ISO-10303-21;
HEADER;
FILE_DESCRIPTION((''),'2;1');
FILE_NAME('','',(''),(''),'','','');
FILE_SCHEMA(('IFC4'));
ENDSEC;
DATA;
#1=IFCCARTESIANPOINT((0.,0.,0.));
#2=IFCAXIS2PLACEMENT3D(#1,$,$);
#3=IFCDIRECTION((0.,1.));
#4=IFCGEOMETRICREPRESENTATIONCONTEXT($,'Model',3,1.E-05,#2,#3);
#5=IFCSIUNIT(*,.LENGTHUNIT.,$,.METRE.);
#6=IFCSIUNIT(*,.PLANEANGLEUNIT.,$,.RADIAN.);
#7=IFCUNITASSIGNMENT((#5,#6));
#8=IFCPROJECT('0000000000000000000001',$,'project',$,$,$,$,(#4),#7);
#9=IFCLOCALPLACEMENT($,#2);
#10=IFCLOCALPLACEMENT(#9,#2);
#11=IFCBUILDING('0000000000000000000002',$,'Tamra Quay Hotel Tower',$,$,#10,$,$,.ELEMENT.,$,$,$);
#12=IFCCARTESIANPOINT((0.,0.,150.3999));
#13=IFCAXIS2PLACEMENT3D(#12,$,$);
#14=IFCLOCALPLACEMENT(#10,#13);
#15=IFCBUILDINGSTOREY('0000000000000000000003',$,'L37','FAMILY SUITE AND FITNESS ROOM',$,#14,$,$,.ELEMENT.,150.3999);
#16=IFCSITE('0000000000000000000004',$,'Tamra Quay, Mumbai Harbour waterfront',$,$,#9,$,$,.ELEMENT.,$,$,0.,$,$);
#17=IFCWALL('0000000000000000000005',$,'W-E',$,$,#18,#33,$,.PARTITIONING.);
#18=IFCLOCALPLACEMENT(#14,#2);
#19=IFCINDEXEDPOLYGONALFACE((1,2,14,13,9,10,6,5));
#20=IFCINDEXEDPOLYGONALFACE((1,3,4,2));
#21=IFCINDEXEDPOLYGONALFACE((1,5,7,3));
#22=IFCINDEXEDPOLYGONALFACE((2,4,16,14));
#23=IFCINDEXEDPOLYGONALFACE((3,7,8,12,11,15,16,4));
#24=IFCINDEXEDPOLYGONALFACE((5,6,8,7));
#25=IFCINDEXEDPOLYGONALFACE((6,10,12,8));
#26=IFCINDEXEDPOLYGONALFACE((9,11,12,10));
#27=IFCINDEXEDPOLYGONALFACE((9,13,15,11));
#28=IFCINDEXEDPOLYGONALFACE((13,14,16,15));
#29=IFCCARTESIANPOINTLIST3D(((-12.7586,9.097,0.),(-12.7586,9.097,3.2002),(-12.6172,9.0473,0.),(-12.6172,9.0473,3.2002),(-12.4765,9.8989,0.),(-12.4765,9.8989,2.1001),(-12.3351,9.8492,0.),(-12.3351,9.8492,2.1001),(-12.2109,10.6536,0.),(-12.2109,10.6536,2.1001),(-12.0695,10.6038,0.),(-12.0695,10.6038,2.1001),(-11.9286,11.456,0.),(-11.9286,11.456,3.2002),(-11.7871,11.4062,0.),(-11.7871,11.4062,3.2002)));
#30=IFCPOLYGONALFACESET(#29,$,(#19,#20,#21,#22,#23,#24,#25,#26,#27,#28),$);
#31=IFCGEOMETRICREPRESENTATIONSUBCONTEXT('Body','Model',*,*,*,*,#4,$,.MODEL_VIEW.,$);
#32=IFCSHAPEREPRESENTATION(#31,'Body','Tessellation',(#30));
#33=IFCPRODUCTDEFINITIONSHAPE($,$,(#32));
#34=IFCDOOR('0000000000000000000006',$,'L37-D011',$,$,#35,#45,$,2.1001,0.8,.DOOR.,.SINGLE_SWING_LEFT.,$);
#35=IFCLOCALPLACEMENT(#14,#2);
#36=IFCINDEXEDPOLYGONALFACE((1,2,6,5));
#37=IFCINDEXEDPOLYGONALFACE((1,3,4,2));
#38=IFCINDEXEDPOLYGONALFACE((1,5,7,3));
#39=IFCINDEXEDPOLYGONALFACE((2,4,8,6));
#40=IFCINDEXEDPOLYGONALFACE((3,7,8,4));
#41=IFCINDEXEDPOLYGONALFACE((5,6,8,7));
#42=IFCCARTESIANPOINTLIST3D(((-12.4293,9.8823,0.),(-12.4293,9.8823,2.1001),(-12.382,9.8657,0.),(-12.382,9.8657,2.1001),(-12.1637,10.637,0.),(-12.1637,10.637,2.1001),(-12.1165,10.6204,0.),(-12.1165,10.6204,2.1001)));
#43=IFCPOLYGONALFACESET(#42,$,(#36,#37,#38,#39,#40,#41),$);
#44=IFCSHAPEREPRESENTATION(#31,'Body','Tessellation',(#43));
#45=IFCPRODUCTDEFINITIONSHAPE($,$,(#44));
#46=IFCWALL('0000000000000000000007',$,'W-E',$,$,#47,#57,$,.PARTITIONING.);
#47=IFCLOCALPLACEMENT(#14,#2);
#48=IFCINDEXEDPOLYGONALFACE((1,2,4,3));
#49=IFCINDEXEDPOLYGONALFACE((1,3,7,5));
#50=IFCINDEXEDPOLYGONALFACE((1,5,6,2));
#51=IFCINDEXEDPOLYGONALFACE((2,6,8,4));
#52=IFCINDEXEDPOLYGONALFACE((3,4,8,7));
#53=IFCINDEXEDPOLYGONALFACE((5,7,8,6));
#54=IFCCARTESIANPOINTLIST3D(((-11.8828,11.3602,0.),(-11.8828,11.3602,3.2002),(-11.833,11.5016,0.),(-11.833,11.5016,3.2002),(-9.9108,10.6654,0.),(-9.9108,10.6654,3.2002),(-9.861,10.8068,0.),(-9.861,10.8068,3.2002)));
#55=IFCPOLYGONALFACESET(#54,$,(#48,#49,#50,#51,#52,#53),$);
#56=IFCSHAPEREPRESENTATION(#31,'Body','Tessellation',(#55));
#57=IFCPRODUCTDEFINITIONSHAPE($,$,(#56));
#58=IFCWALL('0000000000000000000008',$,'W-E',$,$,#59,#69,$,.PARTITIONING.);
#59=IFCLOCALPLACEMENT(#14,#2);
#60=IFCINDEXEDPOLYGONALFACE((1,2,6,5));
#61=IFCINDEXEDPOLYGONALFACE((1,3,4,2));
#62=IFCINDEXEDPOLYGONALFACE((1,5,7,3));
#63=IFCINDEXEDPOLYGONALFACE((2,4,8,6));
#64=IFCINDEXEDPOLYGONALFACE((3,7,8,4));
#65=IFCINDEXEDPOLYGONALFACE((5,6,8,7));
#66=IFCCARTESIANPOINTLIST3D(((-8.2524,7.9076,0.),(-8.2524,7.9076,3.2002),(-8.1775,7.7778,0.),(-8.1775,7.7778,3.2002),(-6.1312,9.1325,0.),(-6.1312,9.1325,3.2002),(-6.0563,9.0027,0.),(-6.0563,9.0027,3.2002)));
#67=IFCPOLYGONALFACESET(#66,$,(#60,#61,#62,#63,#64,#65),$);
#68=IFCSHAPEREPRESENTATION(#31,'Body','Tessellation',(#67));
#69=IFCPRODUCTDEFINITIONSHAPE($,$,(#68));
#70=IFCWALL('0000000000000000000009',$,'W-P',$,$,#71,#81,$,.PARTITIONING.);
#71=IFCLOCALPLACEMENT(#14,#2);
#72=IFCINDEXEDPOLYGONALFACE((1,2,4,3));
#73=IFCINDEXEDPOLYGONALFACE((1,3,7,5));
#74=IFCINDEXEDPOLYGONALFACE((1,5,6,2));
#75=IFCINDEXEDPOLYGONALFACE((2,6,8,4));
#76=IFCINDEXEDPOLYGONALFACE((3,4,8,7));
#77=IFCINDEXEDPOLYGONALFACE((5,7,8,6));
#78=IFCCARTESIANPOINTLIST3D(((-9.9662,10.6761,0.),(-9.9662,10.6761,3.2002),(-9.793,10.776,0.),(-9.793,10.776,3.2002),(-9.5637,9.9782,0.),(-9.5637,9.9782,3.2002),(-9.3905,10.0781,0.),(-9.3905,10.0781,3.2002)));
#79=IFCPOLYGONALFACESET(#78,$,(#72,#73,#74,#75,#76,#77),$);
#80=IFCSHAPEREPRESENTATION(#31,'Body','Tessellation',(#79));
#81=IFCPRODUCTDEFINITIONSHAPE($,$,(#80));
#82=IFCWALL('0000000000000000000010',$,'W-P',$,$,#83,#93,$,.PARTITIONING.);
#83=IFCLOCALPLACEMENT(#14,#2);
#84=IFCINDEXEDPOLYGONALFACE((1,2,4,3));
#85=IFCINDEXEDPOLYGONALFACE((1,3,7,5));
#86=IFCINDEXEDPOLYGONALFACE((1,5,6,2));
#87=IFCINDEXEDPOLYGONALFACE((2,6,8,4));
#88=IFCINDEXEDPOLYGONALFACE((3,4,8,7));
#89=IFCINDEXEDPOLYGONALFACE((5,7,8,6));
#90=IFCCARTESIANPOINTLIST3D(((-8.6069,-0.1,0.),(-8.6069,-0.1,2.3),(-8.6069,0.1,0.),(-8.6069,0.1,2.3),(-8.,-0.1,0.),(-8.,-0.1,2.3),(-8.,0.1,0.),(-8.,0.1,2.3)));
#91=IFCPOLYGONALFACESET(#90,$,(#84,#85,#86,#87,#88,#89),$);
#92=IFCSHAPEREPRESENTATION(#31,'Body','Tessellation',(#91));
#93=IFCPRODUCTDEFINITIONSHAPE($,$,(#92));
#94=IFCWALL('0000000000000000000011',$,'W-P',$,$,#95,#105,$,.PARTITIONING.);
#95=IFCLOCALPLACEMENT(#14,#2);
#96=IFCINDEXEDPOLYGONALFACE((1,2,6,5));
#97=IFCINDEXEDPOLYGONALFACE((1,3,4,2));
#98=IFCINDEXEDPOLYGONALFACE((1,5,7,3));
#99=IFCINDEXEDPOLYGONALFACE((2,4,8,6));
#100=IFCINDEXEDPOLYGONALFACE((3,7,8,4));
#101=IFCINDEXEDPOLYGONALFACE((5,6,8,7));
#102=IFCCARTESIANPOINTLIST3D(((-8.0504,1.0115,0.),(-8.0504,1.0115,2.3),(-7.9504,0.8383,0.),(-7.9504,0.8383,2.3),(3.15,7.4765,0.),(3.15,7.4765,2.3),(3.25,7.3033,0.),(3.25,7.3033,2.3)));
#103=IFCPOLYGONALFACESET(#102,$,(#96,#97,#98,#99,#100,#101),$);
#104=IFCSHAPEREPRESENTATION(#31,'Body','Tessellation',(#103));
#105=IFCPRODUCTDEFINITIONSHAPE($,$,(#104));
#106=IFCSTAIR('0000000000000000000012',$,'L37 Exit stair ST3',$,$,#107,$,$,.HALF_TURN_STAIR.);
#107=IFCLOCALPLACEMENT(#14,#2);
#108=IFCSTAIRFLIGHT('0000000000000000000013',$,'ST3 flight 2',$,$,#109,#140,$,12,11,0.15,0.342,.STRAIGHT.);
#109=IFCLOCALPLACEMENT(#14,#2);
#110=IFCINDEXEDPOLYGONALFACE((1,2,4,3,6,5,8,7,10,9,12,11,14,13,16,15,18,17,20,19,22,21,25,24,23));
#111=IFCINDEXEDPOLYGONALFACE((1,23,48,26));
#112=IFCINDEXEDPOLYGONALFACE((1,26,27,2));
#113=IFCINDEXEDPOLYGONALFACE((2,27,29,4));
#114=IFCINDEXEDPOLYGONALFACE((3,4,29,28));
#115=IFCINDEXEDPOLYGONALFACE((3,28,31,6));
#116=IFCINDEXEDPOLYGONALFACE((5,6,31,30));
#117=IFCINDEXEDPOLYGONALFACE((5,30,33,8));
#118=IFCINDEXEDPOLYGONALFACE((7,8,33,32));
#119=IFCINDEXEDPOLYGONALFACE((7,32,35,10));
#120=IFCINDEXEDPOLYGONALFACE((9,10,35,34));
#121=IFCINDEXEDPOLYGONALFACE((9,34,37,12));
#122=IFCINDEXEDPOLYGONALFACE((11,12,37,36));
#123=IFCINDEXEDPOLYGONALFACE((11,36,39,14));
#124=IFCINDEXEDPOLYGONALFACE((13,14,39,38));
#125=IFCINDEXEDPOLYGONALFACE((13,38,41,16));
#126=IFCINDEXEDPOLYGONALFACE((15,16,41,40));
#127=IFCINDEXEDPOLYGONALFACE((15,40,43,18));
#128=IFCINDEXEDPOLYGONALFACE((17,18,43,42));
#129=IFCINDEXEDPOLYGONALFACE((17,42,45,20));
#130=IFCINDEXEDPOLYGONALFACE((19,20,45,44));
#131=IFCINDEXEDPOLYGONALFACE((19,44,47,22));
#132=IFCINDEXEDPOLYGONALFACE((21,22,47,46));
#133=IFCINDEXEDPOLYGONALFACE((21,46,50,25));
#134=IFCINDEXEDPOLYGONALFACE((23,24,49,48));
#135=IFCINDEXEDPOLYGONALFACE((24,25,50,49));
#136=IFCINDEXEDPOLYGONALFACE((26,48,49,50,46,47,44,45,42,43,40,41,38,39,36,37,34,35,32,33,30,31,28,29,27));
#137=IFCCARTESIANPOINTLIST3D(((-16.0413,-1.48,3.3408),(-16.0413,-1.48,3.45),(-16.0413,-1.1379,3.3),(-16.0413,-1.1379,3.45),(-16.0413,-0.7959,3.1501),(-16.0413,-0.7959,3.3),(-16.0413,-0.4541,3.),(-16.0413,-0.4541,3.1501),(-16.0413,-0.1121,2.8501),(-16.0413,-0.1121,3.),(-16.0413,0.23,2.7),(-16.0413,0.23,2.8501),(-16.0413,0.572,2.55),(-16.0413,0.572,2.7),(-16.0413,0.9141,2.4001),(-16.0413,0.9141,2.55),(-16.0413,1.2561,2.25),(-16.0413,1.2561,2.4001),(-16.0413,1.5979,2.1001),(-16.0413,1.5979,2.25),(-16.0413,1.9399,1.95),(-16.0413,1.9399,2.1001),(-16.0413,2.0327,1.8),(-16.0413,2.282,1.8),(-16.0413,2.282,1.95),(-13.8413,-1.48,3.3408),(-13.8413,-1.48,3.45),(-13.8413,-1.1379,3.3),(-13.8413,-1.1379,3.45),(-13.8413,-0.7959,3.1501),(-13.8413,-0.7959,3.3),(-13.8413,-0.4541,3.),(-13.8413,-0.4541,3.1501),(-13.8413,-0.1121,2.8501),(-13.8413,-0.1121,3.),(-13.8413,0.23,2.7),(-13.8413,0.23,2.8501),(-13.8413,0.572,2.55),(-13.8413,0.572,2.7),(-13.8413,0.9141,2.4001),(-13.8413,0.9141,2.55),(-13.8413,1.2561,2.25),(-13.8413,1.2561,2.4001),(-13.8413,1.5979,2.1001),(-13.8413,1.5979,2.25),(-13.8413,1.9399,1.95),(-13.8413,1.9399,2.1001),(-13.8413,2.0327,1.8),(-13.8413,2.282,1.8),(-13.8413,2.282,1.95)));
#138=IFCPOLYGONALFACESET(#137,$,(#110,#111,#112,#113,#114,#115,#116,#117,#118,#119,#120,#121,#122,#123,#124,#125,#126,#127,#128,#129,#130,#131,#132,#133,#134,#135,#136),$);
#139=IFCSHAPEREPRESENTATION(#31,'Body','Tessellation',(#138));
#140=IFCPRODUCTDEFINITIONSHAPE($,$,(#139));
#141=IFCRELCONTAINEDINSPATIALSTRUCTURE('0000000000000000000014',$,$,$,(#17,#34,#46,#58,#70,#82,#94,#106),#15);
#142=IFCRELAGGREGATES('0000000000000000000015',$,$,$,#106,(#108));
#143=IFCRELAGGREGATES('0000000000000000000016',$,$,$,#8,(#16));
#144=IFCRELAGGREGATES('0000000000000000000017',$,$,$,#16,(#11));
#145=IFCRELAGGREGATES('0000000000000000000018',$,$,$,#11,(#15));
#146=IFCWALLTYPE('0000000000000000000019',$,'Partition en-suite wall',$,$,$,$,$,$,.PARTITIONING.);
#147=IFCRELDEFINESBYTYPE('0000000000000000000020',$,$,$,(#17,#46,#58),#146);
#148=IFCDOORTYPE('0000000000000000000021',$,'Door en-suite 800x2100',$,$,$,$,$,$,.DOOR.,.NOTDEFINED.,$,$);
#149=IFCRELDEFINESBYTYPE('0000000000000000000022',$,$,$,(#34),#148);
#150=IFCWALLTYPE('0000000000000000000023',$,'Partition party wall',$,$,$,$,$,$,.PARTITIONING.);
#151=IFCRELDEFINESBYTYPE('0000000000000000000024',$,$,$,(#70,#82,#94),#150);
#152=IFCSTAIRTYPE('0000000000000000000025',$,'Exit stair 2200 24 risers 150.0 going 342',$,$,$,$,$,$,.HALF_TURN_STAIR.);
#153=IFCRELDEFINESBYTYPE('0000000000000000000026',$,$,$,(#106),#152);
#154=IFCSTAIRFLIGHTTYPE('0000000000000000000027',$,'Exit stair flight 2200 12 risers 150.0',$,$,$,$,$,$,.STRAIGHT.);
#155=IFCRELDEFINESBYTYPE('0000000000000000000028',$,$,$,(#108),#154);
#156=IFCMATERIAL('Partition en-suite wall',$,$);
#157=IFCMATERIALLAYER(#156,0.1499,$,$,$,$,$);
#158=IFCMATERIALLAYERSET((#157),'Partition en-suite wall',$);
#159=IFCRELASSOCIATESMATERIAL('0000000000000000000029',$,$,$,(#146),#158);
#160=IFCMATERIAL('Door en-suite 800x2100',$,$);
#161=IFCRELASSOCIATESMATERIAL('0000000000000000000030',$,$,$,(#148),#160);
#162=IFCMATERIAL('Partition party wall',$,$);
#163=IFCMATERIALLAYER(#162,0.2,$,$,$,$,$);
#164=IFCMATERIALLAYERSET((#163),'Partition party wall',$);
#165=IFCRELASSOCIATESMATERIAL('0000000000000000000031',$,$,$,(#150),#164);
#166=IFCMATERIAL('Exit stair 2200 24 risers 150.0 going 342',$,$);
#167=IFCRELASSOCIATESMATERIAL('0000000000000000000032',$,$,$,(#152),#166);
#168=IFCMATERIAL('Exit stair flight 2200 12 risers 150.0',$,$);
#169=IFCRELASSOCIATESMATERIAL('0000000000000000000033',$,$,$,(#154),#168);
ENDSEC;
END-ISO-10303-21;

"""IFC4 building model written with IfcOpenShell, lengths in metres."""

from ifc_helpers import new_model, si_unit, direction, frame, frame_2d, origin, place, context, subcontext, project, spatial, polyline, rectangle, outline, extrude, material, layer, layer_set, type_object, element, fill, aggregate, save


model = new_model("IFC4")

# Units and contexts
model_context = context("Model", 3, precision=1e-05, world=origin(), true_north=direction((0.0, 1.0)))
body_context = subcontext(model_context, "Body", "Model", "MODEL_VIEW")
ifc_project = project(units=[si_unit("LENGTHUNIT", "METRE"), si_unit("PLANEANGLEUNIT", "RADIAN")], contexts=[model_context])

# Site, building, storey
site_placement = place(None, origin())
site = spatial("IfcSite", under=ifc_project, at=site_placement, Name="Tamra Quay, Mumbai Harbour waterfront", CompositionType="ELEMENT", RefElevation=0.0)
building_placement = place(site_placement, origin())
building = spatial("IfcBuilding", under=site, at=building_placement, Name="Tamra Quay Hotel Tower", CompositionType="ELEMENT")
storey_placement = place(building_placement, frame((0.0, 0.0, 150.3999)))
storey = spatial("IfcBuildingStorey", under=building, at=storey_placement, Name="L37", Description="FAMILY SUITE AND FITNESS ROOM", CompositionType="ELEMENT", Elevation=150.3999)

# Wall, opening, door
ifc_material_1 = material(Name="Partition en-suite wall")
ifc_layer_1 = layer(ifc_material_1, 0.1499)
ifc_layer_set_1 = layer_set([ifc_layer_1], Name="Partition en-suite wall")
wall_type_1 = type_object("IfcWallType", Name="Partition en-suite wall", PredefinedType="PARTITIONING", material=ifc_layer_set_1)
wall_1_placement = place(storey_placement, frame((-12.688, 9.072, 0.0), z_axis=(0.0, 0.0, 1.0), x_axis=(0.331942, 0.9433, 0.0)))
wall_1 = element("IfcWall", 1, at=wall_1_placement, inside=storey, type_object=wall_type_1, Name="W-E", PredefinedType="PARTITIONING", context=body_context, shape_type="SweptSolid", body=[
    extrude(rectangle(XDim=2.5007, YDim=0.1499, at=frame_2d((1.2505, 0.0))), origin(), (0.0, 0.0, 1.0), 3.2002),
])
opening_1_placement = place(wall_1_placement, frame((0.8503, 0.0, 0.0)))
opening_1 = element("IfcOpeningElement", 2, at=opening_1_placement, cuts=wall_1, PredefinedType="OPENING", context=body_context, shape_type="SweptSolid", body=[
    extrude(rectangle(XDim=0.8, YDim=2.1001, at=frame_2d((0.3999, 1.05))), frame((0.0, 0.085, 0.0), z_axis=(0.0, -1.0, 0.0), x_axis=(1.0, 0.0, 0.0)), (0.0, 0.0, 1.0), 0.1699),
])
ifc_material_2 = material(Name="Door en-suite 800x2100")
door_type_1 = type_object("IfcDoorType", Name="Door en-suite 800x2100", OperationType="NOTDEFINED", PredefinedType="DOOR", material=ifc_material_2)
door_1_placement = place(opening_1_placement, origin())
door_1 = element("IfcDoor", 3, at=door_1_placement, inside=storey, type_object=door_type_1, Name="L37-D011", OperationType="SINGLE_SWING_LEFT", OverallHeight=2.1001, OverallWidth=0.8, PredefinedType="DOOR", context=body_context, shape_type="SweptSolid", body=[
    extrude(rectangle(XDim=0.8, YDim=2.1001, at=frame_2d((0.3999, 1.05))), frame((0.0, 0.0249, 0.0), z_axis=(0.0, -1.0, 0.0), x_axis=(1.0, 0.0, 0.0)), (0.0, 0.0, 1.0), 0.05),
])
fill(opening_1, door_1)

# Walls
wall_2_placement = place(storey_placement, frame((-11.8579, 11.4309, 0.0), z_axis=(0.0, 0.0, 1.0), x_axis=(0.943163, -0.332331, 0.0)))
element("IfcWall", 4, at=wall_2_placement, inside=storey, type_object=wall_type_1, Name="W-E", PredefinedType="PARTITIONING", context=body_context, shape_type="SweptSolid", body=[
    extrude(rectangle(XDim=2.0908, YDim=0.1499, at=frame_2d((1.0454, 0.0))), origin(), (0.0, 0.0, 1.0), 3.2002),
])
wall_3_placement = place(storey_placement, frame((-8.2148, 7.8428, 0.0), z_axis=(0.0, 0.0, 1.0), x_axis=(0.865983, 0.500073, 0.0)))
element("IfcWall", 5, at=wall_3_placement, inside=storey, type_object=wall_type_1, Name="W-E", PredefinedType="PARTITIONING", context=body_context, shape_type="SweptSolid", body=[
    extrude(rectangle(XDim=2.4495, YDim=0.1499, at=frame_2d((1.2246, 0.0))), origin(), (0.0, 0.0, 1.0), 3.2002),
])
ifc_material_3 = material(Name="Partition party wall")
ifc_layer_2 = layer(ifc_material_3, 0.2)
ifc_layer_set_2 = layer_set([ifc_layer_2], Name="Partition party wall")
wall_type_2 = type_object("IfcWallType", Name="Partition party wall", PredefinedType="PARTITIONING", material=ifc_layer_set_2)
wall_4_placement = place(storey_placement, frame((-9.8796, 10.7261, 0.0), z_axis=(0.0, 0.0, 1.0), x_axis=(0.499626, -0.866241, 0.0)))
element("IfcWall", 6, at=wall_4_placement, inside=storey, type_object=wall_type_2, Name="W-P", PredefinedType="PARTITIONING", context=body_context, shape_type="SweptSolid", body=[
    extrude(rectangle(XDim=0.8057, YDim=0.2, at=frame_2d((0.4028, 0.0))), origin(), (0.0, 0.0, 1.0), 3.2002),
])
wall_5_placement = place(storey_placement, frame((-8.6069, 0.0, 0.0), z_axis=(0.0, 0.0, 1.0), x_axis=(1.0, 0.0, 0.0)))
element("IfcWall", 7, at=wall_5_placement, inside=storey, type_object=wall_type_2, Name="W-P", PredefinedType="PARTITIONING", context=body_context, shape_type="SweptSolid", body=[
    extrude(rectangle(XDim=0.6069, YDim=0.2, at=frame_2d((0.3035, 0.0))), origin(), (0.0, 0.0, 1.0), 2.3),
])
wall_6_placement = place(storey_placement, frame((-8.0005, 0.9248, 0.0), z_axis=(0.0, 0.0, 1.0), x_axis=(0.866075, 0.499914, 0.0)))
element("IfcWall", 8, at=wall_6_placement, inside=storey, type_object=wall_type_2, Name="W-P", PredefinedType="PARTITIONING", context=body_context, shape_type="SweptSolid", body=[
    extrude(rectangle(XDim=12.9324, YDim=0.2, at=frame_2d((6.4663, 0.0))), origin(), (0.0, 0.0, 1.0), 2.3),
])

# Stair, stair flight
ifc_material_4 = material(Name="Exit stair 2200 24 risers 150.0 going 342")
stair_type = type_object("IfcStairType", Name="Exit stair 2200 24 risers 150.0 going 342", PredefinedType="HALF_TURN_STAIR", material=ifc_material_4)
stair_placement = place(storey_placement, origin())
stair = element("IfcStair", 9, at=stair_placement, inside=storey, type_object=stair_type, Name="L37 Exit stair ST3", PredefinedType="HALF_TURN_STAIR")
ifc_material_5 = material(Name="Exit stair flight 2200 12 risers 150.0")
stair_flight_type = type_object("IfcStairFlightType", Name="Exit stair flight 2200 12 risers 150.0", PredefinedType="STRAIGHT", material=ifc_material_5)
stair_flight_placement = place(storey_placement, frame((-14.9414, 2.282, 1.8), z_axis=(0.0, 0.0, 1.0), x_axis=(0.0, -1.0, 0.0)))
stair_flight = element("IfcStairFlight", 10, at=stair_flight_placement, type_object=stair_flight_type, Name="ST3 flight 2", NumberOfRisers=12, NumberOfTreads=11, PredefinedType="STRAIGHT", RiserHeight=0.15, TreadLength=0.342, context=body_context, shape_type="SweptSolid", body=[
    extrude(outline(polyline([(0.0, 0.0), (0.0, 0.1499), (0.342, 0.1499), (0.342, 0.3), (0.6841, 0.3), (0.6841, 0.45), (1.0259, 0.45), (1.0259, 0.6001), (1.3679, 0.6001), (1.3679, 0.75), (1.71, 0.75), (1.71, 0.8999), (2.052, 0.8999), (2.052, 1.05), (2.394, 1.05), (2.394, 1.2), (2.7361, 1.2), (2.7361, 1.3501), (3.0779, 1.3501), (3.0779, 1.5), (3.4199, 1.5), (3.4199, 1.6499), (3.762, 1.6499), (3.762, 1.8), (3.762, 1.5408), (0.2493, 0.0), (0.0, 0.0)])), frame((0.0, 1.1001, 0.0), z_axis=(0.0, -1.0, 0.0), x_axis=(1.0, 0.0, 0.0)), (0.0, 0.0, 1.0), 2.2),
])
aggregate(stair, [stair_flight])

save(model, "model.ifc")
